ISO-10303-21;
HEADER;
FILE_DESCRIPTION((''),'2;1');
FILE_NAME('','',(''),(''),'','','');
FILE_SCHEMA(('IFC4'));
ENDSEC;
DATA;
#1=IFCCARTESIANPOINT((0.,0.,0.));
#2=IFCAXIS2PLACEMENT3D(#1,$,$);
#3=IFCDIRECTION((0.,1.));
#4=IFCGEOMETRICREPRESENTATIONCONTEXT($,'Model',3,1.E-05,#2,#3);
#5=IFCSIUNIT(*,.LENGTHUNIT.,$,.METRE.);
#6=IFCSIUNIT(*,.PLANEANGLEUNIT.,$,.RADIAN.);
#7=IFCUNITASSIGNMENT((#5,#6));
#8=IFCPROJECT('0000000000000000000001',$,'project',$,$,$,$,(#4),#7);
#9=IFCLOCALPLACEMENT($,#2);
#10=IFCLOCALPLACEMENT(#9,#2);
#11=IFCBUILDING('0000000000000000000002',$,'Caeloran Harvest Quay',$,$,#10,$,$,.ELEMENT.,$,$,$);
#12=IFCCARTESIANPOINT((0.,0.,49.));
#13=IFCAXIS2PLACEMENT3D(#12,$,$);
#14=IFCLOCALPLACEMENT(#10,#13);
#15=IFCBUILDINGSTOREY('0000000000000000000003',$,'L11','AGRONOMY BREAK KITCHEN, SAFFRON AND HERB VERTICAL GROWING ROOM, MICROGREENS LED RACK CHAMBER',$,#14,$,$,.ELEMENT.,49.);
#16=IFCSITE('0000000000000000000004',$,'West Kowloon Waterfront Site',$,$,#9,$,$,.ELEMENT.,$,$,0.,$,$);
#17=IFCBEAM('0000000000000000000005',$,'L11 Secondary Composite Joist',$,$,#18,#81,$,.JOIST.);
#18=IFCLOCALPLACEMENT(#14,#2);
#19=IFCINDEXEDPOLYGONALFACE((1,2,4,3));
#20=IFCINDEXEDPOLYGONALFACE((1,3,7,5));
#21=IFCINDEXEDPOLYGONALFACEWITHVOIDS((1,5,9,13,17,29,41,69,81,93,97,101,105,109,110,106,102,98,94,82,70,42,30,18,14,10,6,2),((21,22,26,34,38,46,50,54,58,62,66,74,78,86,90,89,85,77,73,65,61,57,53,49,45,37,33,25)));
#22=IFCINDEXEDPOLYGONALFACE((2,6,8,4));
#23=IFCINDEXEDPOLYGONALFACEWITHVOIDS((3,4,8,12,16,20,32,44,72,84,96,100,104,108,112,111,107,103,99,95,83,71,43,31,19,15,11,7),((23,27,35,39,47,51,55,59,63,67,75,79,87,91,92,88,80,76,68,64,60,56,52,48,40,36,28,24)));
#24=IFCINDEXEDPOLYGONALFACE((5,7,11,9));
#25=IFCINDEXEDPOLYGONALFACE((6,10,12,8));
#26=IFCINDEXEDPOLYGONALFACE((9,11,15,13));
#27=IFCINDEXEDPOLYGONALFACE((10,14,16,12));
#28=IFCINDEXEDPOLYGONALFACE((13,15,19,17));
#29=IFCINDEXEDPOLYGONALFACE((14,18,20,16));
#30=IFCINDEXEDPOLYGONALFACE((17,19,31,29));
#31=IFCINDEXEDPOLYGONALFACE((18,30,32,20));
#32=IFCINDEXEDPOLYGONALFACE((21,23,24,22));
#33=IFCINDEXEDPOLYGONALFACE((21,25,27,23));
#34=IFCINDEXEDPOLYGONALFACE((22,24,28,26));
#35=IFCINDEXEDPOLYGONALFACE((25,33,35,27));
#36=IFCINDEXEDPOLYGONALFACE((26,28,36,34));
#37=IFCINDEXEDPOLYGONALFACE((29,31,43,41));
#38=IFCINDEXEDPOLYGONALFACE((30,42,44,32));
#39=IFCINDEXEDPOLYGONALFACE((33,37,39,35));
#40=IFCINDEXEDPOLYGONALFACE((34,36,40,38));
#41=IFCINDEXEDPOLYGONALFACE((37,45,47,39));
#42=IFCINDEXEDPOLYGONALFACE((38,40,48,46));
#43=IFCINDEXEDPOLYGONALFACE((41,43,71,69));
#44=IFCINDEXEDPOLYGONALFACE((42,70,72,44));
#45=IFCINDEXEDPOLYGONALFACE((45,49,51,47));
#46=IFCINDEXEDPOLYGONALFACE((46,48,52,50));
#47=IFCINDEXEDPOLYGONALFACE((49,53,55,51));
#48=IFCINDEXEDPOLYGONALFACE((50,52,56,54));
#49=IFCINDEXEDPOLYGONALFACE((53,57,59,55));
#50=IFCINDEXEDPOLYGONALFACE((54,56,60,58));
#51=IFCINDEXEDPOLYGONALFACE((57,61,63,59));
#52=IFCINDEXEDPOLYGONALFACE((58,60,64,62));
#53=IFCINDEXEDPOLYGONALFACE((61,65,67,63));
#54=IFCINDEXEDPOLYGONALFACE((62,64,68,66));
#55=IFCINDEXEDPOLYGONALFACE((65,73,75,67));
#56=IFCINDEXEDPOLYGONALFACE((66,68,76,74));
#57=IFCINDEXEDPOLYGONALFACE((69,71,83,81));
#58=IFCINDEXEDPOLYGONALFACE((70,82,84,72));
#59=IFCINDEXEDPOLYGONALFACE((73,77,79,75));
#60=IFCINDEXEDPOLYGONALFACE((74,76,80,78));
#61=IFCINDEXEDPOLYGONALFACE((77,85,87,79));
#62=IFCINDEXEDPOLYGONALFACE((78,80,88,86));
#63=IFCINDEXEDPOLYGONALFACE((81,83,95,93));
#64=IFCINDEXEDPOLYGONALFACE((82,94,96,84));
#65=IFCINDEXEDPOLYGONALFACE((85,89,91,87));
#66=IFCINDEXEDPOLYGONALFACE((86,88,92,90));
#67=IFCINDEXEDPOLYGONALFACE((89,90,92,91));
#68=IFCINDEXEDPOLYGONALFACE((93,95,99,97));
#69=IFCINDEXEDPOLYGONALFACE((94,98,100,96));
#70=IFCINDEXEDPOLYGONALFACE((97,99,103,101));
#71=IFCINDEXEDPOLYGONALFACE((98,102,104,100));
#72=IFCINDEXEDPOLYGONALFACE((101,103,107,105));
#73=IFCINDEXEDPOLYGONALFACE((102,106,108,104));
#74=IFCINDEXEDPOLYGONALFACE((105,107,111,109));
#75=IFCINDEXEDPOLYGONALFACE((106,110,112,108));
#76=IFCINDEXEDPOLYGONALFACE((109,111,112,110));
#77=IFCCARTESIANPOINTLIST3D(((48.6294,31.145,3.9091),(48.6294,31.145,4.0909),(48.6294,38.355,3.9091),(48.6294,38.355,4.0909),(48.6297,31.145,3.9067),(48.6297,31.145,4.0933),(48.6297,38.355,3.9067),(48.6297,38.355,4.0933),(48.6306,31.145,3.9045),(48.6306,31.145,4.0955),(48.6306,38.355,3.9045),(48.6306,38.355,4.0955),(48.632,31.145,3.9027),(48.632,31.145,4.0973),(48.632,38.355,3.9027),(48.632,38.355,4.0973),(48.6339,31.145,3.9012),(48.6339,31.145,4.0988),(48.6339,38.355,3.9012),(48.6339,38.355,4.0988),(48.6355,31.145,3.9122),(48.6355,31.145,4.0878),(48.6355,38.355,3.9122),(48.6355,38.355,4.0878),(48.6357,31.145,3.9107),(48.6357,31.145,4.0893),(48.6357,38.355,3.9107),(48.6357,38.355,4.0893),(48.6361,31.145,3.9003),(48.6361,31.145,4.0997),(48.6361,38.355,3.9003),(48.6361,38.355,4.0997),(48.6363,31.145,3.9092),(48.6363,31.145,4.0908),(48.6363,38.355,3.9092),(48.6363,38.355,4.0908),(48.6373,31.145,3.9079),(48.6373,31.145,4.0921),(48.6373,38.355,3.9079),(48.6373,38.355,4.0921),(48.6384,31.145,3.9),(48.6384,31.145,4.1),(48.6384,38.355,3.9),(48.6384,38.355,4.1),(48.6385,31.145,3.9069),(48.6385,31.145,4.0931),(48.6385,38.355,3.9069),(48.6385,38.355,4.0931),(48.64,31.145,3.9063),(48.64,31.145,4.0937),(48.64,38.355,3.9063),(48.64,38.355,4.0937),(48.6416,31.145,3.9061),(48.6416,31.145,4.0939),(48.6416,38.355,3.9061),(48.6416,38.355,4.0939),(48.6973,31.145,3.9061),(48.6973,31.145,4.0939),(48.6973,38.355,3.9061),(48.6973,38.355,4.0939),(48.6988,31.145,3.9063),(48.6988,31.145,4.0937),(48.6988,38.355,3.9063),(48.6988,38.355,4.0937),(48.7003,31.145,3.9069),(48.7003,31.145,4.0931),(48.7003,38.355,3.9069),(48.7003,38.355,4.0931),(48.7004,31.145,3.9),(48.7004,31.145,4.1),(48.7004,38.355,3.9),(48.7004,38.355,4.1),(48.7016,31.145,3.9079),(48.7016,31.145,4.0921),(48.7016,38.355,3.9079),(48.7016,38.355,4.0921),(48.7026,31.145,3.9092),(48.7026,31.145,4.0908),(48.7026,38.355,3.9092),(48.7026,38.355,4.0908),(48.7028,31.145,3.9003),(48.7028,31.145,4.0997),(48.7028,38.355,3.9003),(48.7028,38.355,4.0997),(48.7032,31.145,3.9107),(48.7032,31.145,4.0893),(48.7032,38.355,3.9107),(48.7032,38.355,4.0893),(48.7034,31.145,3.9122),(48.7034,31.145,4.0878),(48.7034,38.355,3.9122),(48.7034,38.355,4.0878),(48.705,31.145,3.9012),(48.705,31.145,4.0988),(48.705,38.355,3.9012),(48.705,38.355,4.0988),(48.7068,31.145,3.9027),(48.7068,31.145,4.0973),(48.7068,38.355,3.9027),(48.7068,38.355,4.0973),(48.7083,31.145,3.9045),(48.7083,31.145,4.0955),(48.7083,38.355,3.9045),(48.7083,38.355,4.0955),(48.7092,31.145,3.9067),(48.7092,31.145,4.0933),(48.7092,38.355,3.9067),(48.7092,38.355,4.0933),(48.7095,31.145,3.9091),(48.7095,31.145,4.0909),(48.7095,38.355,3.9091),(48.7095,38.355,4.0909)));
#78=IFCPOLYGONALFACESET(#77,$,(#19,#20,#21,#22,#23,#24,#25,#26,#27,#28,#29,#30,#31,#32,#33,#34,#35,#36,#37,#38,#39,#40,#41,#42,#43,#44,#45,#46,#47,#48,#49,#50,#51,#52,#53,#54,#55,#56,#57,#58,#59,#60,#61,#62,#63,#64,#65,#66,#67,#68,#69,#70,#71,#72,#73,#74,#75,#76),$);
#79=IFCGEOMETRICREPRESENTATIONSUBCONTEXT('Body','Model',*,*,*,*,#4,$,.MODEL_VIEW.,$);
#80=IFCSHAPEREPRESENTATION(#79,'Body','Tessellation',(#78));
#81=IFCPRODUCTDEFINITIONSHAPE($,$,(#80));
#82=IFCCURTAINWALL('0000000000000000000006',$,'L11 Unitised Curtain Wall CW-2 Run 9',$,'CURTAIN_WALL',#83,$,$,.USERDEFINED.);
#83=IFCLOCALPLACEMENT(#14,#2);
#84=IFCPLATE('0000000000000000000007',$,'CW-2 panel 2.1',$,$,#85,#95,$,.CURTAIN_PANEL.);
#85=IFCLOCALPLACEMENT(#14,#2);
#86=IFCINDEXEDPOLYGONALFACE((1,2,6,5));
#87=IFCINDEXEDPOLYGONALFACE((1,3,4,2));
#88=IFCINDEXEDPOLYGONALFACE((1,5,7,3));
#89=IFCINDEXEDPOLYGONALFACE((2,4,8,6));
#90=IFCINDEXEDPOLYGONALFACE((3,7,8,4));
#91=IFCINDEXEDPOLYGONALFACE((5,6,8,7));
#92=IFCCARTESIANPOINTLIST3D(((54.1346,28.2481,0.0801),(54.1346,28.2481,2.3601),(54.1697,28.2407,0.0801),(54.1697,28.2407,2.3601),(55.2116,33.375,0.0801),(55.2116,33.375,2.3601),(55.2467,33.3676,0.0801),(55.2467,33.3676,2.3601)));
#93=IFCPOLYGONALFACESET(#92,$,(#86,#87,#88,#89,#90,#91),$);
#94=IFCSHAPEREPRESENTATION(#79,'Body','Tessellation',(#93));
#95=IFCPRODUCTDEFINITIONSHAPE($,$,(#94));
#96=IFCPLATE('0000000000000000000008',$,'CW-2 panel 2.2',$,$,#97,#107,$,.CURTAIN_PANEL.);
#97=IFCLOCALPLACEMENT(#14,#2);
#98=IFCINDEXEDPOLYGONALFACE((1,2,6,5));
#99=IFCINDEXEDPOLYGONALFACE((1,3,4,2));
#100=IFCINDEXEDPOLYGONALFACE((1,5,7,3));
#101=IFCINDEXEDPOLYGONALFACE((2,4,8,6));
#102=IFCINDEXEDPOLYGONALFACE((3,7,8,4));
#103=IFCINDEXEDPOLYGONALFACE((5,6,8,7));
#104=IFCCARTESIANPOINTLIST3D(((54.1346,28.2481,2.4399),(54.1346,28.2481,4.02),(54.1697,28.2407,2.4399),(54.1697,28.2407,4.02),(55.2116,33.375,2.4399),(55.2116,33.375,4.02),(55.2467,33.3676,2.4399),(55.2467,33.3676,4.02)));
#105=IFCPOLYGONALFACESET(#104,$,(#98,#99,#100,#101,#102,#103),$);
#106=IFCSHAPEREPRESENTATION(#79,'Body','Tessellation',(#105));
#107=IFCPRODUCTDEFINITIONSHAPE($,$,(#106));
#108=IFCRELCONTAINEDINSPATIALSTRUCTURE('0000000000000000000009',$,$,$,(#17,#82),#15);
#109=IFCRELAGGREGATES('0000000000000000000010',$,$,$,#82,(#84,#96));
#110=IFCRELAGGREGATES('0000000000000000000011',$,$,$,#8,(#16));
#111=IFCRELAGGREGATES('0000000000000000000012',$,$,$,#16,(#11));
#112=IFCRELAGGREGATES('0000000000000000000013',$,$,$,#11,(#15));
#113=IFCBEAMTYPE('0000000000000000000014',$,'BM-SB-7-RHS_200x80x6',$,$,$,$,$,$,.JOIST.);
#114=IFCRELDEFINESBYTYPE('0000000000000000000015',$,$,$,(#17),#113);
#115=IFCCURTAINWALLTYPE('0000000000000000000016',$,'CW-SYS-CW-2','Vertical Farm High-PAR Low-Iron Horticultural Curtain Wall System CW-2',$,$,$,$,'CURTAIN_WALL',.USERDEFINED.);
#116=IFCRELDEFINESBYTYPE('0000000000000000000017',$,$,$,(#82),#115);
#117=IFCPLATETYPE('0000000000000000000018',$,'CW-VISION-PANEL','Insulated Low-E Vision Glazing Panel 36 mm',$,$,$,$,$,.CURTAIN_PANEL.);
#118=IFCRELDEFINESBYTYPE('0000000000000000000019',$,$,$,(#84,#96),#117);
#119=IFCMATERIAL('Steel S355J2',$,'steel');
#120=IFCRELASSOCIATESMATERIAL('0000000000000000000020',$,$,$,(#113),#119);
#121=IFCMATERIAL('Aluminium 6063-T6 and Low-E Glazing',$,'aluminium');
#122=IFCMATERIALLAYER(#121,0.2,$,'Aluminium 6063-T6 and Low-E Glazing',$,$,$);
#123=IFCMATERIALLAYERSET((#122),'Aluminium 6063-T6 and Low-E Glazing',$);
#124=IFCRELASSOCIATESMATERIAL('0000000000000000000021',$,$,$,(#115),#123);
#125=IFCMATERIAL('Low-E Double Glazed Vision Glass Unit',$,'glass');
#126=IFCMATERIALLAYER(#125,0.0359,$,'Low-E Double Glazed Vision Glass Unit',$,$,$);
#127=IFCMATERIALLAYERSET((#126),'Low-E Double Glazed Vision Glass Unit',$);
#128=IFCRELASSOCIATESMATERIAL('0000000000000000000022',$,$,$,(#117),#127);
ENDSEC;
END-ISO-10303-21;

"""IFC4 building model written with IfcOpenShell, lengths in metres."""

from ifc_helpers import new_model, si_unit, direction, frame, origin, origin_2d, place, context, subcontext, project, spatial, rectangle, hollow_rectangle, extrude, material, layer, layer_set, material_profile, profile_set, type_object, element, aggregate, save


model = new_model("IFC4")

# Units and contexts
model_context = context("Model", 3, precision=1e-05, world=origin(), true_north=direction((0.0, 1.0)))
body_context = subcontext(model_context, "Body", "Model", "MODEL_VIEW")
ifc_project = project(units=[si_unit("LENGTHUNIT", "METRE"), si_unit("PLANEANGLEUNIT", "RADIAN")], contexts=[model_context])

# Site, building, storey
site_placement = place(None, origin())
site = spatial("IfcSite", under=ifc_project, at=site_placement, Name="West Kowloon Waterfront Site", CompositionType="ELEMENT", RefElevation=0.0)
building_placement = place(site_placement, origin())
building = spatial("IfcBuilding", under=site, at=building_placement, Name="Caeloran Harvest Quay", CompositionType="ELEMENT")
storey_placement = place(building_placement, frame((0.0, 0.0, 49.0)))
storey = spatial("IfcBuildingStorey", under=building, at=storey_placement, Name="L11", Description="AGRONOMY BREAK KITCHEN, SAFFRON AND HERB VERTICAL GROWING ROOM, MICROGREENS LED RACK CHAMBER", CompositionType="ELEMENT", Elevation=49.0)

# Beam
ifc_material_1 = material(Name="Steel S355J2", Category="steel")
ifc_material_profile_1 = material_profile(ifc_material_1, hollow_rectangle(XDim=0.0801, YDim=0.2, WallThickness=0.0061, InnerFilletRadius=0.0061, OuterFilletRadius=0.009, at=origin_2d()), Name="RHS 200x80x6")
ifc_profile_set_1 = profile_set([ifc_material_profile_1], Name="Steel S355J2")
beam_type_1 = type_object("IfcBeamType", Name="BM-SB-7-RHS_200x80x6", PredefinedType="JOIST", material=ifc_profile_set_1)
for number, where, z_axis, x_axis, name in (
    (1, (48.6694, 31.145, 4.0), (0.0, 1.0, 0.0), (-1.0, 0.0, 0.0), "L11 Secondary Composite Joist"),
):
    element("IfcBeam", number, at=place(storey_placement, frame(where, z_axis=z_axis, x_axis=x_axis)), inside=storey, type_object=beam_type_1, Name=name, PredefinedType="JOIST", context=body_context, shape_type="SweptSolid", body=[
        extrude(hollow_rectangle(XDim=0.0801, YDim=0.2, WallThickness=0.0061, InnerFilletRadius=0.0061, OuterFilletRadius=0.009, at=origin_2d()), origin(), (0.0, 0.0, 1.0), 7.21),
    ])

# Curtain wall, plates
ifc_material_2 = material(Name="Aluminium 6063-T6 and Low-E Glazing", Category="aluminium")
ifc_layer_1 = layer(ifc_material_2, 0.2, Name="Aluminium 6063-T6 and Low-E Glazing")
ifc_layer_set_1 = layer_set([ifc_layer_1], Name="Aluminium 6063-T6 and Low-E Glazing")
curtain_wall_type = type_object("IfcCurtainWallType", Name="CW-SYS-CW-2", Description="Vertical Farm High-PAR Low-Iron Horticultural Curtain Wall System CW-2", ElementType="CURTAIN_WALL", PredefinedType="USERDEFINED", material=ifc_layer_set_1)
curtain_wall_placement = place(storey_placement, origin())
curtain_wall = element("IfcCurtainWall", 2, at=curtain_wall_placement, inside=storey, type_object=curtain_wall_type, Name="L11 Unitised Curtain Wall CW-2 Run 9", ObjectType="CURTAIN_WALL", PredefinedType="USERDEFINED")
ifc_material_3 = material(Name="Low-E Double Glazed Vision Glass Unit", Category="glass")
ifc_layer_2 = layer(ifc_material_3, 0.0359, Name="Low-E Double Glazed Vision Glass Unit")
ifc_layer_set_2 = layer_set([ifc_layer_2], Name="Low-E Double Glazed Vision Glass Unit")
plate_type = type_object("IfcPlateType", Name="CW-VISION-PANEL", Description="Insulated Low-E Vision Glazing Panel 36 mm", PredefinedType="CURTAIN_PANEL", material=ifc_layer_set_2)
plate_1_placement = place(storey_placement, frame((54.6907, 30.8079, 0.0801), z_axis=(0.0, 0.0, 1.0), x_axis=(-0.205583, -0.97864, 0.0)))
plate_1 = element("IfcPlate", 3, at=plate_1_placement, type_object=plate_type, Name="CW-2 panel 2.1", PredefinedType="CURTAIN_PANEL", context=body_context, shape_type="SweptSolid", body=[
    extrude(rectangle(XDim=5.2388, YDim=0.0359, at=origin_2d()), origin(), (0.0, 0.0, 1.0), 2.28),
])
plate_2_placement = place(storey_placement, frame((54.6907, 30.8079, 2.4399), z_axis=(0.0, 0.0, 1.0), x_axis=(-0.205583, -0.97864, 0.0)))
plate_2 = element("IfcPlate", 4, at=plate_2_placement, type_object=plate_type, Name="CW-2 panel 2.2", PredefinedType="CURTAIN_PANEL", context=body_context, shape_type="SweptSolid", body=[
    extrude(rectangle(XDim=5.2388, YDim=0.0359, at=origin_2d()), origin(), (0.0, 0.0, 1.0), 1.5801),
])
aggregate(curtain_wall, [plate_1, plate_2])

save(model, "model.ifc")
